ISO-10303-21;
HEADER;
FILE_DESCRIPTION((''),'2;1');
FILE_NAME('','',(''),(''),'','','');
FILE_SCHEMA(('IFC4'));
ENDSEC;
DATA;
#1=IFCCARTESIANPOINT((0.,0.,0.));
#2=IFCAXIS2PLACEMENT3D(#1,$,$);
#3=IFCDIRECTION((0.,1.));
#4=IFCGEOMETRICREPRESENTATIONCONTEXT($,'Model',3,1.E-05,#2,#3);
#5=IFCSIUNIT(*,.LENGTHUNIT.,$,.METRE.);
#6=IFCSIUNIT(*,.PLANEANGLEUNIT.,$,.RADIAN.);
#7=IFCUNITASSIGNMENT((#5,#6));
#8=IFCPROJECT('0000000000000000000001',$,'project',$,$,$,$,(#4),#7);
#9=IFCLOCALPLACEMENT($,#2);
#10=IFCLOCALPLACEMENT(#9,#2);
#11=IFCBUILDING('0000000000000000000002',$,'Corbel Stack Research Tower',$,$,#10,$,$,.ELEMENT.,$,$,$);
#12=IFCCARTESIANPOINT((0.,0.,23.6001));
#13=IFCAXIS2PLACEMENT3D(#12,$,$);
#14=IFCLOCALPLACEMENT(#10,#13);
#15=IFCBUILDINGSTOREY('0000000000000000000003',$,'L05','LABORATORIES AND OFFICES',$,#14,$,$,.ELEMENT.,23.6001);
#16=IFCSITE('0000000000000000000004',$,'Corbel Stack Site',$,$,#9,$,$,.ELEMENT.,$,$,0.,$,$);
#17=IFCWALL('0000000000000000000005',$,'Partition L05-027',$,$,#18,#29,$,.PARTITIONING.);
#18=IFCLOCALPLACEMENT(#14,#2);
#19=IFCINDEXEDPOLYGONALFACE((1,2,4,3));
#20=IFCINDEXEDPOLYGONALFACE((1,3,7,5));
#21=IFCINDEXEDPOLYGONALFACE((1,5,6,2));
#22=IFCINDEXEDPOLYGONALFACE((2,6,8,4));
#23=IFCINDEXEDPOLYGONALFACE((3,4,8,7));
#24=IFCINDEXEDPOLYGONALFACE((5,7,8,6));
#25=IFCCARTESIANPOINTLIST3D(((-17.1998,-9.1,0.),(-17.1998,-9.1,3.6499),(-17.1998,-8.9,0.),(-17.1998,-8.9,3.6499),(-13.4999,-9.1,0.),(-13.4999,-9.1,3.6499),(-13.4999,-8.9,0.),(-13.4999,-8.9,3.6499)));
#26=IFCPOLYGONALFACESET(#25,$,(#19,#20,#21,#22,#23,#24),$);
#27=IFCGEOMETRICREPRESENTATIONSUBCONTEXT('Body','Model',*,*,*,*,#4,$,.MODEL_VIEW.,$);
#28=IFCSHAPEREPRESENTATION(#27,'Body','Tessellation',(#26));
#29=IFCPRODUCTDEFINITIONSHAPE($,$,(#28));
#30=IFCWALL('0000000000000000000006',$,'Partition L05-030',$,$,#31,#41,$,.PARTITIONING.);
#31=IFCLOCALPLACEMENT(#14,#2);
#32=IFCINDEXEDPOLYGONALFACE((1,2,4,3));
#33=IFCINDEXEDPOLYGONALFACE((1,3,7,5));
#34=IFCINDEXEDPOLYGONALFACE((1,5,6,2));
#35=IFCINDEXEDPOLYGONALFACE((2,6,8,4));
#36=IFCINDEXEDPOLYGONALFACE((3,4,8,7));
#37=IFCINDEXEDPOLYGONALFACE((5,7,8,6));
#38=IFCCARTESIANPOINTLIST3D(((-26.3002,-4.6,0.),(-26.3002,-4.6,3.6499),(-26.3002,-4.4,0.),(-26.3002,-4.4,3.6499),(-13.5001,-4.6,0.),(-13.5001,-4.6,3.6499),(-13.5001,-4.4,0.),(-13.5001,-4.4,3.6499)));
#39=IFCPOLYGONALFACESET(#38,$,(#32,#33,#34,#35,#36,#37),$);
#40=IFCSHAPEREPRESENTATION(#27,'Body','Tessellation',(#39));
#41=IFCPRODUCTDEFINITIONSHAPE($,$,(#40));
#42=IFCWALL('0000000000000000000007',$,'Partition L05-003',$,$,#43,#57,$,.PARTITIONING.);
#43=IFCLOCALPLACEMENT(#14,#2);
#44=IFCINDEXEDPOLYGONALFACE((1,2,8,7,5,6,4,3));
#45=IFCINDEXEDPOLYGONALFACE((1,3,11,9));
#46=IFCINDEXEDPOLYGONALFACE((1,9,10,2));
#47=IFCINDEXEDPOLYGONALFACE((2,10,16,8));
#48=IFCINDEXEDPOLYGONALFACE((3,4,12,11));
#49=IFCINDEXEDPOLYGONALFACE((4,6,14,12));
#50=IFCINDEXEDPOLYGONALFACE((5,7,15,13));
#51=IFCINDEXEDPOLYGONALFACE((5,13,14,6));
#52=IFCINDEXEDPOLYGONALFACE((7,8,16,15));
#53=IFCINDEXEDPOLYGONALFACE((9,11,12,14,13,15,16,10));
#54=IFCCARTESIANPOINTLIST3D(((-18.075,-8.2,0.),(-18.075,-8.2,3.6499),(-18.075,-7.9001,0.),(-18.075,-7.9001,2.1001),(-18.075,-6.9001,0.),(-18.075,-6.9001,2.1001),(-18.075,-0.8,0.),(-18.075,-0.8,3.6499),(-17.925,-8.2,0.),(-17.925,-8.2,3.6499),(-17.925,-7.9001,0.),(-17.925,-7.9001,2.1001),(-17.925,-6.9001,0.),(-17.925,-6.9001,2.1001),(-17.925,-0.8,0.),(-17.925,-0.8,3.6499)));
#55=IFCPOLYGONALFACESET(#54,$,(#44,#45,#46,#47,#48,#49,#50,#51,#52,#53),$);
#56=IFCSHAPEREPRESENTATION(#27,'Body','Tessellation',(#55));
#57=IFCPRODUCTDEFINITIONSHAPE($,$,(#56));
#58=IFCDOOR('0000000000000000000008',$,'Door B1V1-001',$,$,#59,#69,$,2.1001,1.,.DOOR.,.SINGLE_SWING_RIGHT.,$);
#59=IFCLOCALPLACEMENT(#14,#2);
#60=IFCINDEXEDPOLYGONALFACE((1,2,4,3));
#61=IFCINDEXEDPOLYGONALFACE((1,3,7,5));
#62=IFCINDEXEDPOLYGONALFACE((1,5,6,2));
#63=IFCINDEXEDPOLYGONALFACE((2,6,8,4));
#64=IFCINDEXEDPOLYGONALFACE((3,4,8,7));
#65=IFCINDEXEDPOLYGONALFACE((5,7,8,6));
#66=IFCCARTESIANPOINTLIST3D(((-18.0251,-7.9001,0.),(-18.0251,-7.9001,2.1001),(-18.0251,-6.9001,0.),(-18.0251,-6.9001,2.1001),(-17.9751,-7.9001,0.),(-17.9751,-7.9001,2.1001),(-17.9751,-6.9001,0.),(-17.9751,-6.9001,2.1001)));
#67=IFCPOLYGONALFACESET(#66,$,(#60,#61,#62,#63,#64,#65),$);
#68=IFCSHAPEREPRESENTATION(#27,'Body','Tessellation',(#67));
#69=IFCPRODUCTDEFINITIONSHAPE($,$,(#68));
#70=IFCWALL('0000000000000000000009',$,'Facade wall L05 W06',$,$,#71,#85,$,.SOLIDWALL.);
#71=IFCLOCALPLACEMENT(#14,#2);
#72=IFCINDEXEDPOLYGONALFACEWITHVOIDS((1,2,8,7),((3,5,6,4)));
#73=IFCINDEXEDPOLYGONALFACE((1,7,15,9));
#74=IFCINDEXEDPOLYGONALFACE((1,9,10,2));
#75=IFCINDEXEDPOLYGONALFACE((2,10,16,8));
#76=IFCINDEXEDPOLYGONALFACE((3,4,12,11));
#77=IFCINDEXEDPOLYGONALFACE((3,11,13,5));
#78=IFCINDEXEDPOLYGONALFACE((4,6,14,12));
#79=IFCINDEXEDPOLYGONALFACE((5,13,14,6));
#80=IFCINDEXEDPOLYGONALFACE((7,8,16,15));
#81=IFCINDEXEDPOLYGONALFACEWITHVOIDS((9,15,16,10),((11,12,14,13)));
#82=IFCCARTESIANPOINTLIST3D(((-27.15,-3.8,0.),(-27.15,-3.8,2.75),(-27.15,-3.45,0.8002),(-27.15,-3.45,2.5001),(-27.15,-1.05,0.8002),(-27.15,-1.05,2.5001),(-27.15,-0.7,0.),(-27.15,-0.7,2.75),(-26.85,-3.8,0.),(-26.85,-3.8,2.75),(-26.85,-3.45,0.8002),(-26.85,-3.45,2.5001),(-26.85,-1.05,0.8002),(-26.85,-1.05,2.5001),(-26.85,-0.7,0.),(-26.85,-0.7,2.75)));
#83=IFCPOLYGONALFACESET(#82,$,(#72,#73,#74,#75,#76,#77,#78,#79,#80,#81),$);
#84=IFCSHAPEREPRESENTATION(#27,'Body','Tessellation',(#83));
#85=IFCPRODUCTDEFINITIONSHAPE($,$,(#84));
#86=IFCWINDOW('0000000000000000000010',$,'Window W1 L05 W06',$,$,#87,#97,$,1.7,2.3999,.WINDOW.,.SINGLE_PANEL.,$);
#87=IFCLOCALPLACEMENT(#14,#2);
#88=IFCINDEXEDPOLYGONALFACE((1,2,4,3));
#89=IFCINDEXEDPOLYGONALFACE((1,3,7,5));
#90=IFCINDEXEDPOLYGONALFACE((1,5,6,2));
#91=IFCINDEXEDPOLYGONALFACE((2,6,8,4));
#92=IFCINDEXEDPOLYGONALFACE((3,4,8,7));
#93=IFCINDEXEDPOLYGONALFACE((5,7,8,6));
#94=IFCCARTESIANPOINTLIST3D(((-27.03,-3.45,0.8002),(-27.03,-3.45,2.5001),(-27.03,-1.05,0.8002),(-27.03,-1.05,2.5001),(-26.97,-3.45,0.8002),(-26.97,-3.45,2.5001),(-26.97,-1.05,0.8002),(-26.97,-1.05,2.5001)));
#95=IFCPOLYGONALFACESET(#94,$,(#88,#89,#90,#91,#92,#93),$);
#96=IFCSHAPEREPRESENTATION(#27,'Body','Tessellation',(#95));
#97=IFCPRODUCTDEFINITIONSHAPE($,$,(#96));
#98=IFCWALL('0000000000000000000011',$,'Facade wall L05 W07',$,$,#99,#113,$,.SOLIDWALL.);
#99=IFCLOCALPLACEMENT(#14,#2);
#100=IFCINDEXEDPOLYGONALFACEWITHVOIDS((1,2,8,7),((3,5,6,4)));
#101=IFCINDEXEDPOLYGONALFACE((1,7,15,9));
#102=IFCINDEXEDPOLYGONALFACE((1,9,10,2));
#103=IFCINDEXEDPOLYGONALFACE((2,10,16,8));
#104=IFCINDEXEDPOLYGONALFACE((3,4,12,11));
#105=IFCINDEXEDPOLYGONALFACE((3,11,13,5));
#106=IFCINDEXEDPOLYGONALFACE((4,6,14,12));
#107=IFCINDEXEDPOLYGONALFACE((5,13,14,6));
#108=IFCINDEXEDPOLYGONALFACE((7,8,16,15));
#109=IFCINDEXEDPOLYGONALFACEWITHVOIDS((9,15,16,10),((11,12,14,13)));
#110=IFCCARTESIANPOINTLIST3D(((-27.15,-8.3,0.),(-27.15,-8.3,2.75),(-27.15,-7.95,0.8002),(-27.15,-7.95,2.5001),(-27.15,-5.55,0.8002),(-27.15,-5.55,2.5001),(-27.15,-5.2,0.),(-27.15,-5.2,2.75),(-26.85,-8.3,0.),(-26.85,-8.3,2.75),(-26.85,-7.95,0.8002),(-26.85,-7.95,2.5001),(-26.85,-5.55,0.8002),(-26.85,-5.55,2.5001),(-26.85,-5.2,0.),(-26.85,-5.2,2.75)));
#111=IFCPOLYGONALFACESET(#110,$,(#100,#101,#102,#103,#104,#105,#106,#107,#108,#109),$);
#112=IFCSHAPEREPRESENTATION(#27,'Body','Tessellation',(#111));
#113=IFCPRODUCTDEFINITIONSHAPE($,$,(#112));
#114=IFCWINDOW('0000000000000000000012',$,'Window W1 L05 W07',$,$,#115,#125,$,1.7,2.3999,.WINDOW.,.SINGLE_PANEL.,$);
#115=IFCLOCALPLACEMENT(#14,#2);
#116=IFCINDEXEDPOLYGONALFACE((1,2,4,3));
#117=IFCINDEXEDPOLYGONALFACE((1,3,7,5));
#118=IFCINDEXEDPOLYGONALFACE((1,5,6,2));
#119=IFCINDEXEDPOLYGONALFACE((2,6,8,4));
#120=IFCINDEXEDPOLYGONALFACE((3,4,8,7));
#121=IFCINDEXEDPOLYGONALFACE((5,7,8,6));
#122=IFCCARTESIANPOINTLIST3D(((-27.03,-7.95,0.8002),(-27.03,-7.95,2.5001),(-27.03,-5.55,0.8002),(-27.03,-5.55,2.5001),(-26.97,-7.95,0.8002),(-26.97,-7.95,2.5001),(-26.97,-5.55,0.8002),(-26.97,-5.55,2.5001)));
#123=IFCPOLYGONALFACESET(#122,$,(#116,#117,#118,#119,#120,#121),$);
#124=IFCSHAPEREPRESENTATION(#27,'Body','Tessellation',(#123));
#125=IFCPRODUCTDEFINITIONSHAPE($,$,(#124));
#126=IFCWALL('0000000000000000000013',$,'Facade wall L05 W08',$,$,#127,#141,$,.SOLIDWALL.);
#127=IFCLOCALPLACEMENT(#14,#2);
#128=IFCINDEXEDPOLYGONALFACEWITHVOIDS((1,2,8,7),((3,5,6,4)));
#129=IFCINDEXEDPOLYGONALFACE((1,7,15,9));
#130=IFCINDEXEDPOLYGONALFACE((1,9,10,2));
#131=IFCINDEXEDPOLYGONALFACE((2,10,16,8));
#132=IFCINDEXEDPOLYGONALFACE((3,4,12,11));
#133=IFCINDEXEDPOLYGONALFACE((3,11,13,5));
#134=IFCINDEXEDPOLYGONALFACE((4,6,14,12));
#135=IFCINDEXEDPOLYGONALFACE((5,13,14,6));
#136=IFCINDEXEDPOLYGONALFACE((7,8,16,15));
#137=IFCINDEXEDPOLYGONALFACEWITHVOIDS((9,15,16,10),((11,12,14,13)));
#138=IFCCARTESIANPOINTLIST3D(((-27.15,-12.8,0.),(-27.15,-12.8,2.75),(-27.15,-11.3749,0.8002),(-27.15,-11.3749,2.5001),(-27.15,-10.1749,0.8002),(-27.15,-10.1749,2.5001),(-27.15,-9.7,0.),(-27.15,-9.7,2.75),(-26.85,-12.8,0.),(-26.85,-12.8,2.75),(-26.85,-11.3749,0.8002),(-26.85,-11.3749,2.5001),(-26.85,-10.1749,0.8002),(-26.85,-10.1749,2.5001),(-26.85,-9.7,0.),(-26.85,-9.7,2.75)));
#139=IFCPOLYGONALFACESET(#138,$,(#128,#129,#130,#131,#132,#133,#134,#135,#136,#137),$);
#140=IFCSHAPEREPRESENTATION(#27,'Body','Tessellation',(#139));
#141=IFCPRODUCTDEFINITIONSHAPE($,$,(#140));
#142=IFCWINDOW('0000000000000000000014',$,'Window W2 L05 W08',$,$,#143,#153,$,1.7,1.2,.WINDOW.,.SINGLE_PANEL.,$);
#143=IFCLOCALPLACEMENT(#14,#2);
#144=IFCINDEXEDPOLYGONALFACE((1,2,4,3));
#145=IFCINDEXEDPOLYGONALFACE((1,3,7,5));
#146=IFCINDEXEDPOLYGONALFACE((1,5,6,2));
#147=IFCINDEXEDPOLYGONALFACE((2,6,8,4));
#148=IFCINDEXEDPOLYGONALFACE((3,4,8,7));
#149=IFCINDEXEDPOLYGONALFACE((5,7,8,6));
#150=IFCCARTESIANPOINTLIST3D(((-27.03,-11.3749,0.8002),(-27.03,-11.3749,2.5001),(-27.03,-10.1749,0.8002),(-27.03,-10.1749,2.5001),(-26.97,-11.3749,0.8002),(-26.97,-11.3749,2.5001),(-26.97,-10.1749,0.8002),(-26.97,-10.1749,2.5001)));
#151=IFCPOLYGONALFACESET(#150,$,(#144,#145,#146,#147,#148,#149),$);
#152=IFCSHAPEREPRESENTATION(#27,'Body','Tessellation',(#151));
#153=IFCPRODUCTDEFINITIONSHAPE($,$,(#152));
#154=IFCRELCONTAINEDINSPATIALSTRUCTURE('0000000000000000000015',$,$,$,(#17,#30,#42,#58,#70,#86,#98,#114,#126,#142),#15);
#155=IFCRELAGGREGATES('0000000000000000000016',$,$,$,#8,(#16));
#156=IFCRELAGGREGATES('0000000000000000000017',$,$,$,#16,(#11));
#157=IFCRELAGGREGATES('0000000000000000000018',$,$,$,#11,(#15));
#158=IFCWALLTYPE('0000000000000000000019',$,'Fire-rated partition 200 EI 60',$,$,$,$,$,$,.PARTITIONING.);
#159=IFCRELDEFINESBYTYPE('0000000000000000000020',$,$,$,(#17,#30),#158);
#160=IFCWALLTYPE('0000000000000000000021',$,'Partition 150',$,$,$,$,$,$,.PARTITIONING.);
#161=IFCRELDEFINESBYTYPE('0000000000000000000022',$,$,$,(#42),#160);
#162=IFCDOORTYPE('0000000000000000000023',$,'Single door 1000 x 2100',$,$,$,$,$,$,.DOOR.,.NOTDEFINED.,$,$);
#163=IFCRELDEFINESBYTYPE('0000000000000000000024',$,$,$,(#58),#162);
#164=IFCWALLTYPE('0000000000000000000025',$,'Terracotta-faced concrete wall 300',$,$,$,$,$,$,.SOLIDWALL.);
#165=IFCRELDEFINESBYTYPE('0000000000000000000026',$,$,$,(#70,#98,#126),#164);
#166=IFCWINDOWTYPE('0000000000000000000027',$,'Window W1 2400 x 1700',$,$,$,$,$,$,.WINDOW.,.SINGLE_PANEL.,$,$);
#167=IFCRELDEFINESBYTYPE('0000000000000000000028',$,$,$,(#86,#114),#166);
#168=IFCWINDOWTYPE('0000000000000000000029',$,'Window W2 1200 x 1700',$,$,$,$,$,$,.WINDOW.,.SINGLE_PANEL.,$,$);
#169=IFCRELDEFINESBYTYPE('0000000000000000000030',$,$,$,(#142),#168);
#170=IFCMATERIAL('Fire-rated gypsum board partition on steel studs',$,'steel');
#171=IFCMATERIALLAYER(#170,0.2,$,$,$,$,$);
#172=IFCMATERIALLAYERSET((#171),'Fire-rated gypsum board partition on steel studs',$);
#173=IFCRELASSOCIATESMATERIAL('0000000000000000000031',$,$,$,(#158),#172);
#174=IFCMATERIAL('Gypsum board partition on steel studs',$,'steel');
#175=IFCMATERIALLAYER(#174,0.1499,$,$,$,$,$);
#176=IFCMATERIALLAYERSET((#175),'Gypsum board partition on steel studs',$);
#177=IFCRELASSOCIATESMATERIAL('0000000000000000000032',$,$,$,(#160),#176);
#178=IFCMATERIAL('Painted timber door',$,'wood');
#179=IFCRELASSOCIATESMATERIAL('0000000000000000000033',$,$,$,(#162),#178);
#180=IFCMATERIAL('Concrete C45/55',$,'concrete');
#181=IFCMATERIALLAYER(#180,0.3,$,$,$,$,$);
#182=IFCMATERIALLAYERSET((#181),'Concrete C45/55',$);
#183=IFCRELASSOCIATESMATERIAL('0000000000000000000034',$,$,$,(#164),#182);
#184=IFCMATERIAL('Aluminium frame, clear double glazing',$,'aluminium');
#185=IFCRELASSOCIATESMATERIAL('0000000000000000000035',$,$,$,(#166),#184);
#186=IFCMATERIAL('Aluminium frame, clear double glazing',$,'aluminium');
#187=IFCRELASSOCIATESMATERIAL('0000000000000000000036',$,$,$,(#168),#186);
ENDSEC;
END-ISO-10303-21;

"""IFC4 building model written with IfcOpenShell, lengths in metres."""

from ifc_helpers import new_model, si_unit, direction, frame, frame_2d, origin, place, context, subcontext, project, spatial, rectangle, extrude, material, layer, layer_set, type_object, element, fill, save


model = new_model("IFC4")

# Units and contexts
model_context = context("Model", 3, precision=1e-05, world=origin(), true_north=direction((0.0, 1.0)))
body_context = subcontext(model_context, "Body", "Model", "MODEL_VIEW")
ifc_project = project(units=[si_unit("LENGTHUNIT", "METRE"), si_unit("PLANEANGLEUNIT", "RADIAN")], contexts=[model_context])

# Site, building, storey
site_placement = place(None, origin())
site = spatial("IfcSite", under=ifc_project, at=site_placement, Name="Corbel Stack Site", CompositionType="ELEMENT", RefElevation=0.0)
building_placement = place(site_placement, origin())
building = spatial("IfcBuilding", under=site, at=building_placement, Name="Corbel Stack Research Tower", CompositionType="ELEMENT")
storey_placement = place(building_placement, frame((0.0, 0.0, 23.6001)))
storey = spatial("IfcBuildingStorey", under=building, at=storey_placement, Name="L05", Description="LABORATORIES AND OFFICES", CompositionType="ELEMENT", Elevation=23.6001)

# Shared definitions
ifc_material_1 = material(Name="Fire-rated gypsum board partition on steel studs", Category="steel")
ifc_layer_1 = layer(ifc_material_1, 0.2)
ifc_layer_set_1 = layer_set([ifc_layer_1], Name="Fire-rated gypsum board partition on steel studs")
wall_type_1 = type_object("IfcWallType", Name="Fire-rated partition 200 EI 60", PredefinedType="PARTITIONING", material=ifc_layer_set_1)

# Walls
wall_1_placement = place(storey_placement, frame((-17.2, -9.0, 0.0), z_axis=(0.0, 0.0, 1.0), x_axis=(1.0, 0.0, 0.0)))
element("IfcWall", 1, at=wall_1_placement, inside=storey, type_object=wall_type_1, Name="Partition L05-027", PredefinedType="PARTITIONING", context=body_context, shape_type="SweptSolid", body=[
    extrude(rectangle(XDim=3.7, YDim=0.2, at=frame_2d((1.8501, 0.0))), origin(), (0.0, 0.0, 1.0), 3.6499),
])
wall_2_placement = place(storey_placement, frame((-26.3, -4.5, 0.0), z_axis=(0.0, 0.0, 1.0), x_axis=(1.0, 0.0, 0.0)))
element("IfcWall", 2, at=wall_2_placement, inside=storey, type_object=wall_type_1, Name="Partition L05-030", PredefinedType="PARTITIONING", context=body_context, shape_type="SweptSolid", body=[
    extrude(rectangle(XDim=12.8, YDim=0.2, at=frame_2d((6.3999, 0.0))), origin(), (0.0, 0.0, 1.0), 3.6499),
])

# Wall, opening, door
ifc_material_2 = material(Name="Gypsum board partition on steel studs", Category="steel")
ifc_layer_2 = layer(ifc_material_2, 0.1499)
ifc_layer_set_2 = layer_set([ifc_layer_2], Name="Gypsum board partition on steel studs")
wall_type_2 = type_object("IfcWallType", Name="Partition 150", PredefinedType="PARTITIONING", material=ifc_layer_set_2)
wall_3_placement = place(storey_placement, frame((-18.0, -0.8, 0.0), z_axis=(0.0, 0.0, 1.0), x_axis=(0.0, -1.0, 0.0)))
wall_3 = element("IfcWall", 3, at=wall_3_placement, inside=storey, type_object=wall_type_2, Name="Partition L05-003", PredefinedType="PARTITIONING", context=body_context, shape_type="SweptSolid", body=[
    extrude(rectangle(XDim=7.3999, YDim=0.1499, at=frame_2d((3.7, 0.0))), origin(), (0.0, 0.0, 1.0), 3.6499),
])
opening_1_placement = place(wall_3_placement, frame((6.1001, 0.0, 0.0)))
opening_1 = element("IfcOpeningElement", 4, at=opening_1_placement, cuts=wall_3, PredefinedType="OPENING", context=body_context, shape_type="SweptSolid", body=[
    extrude(rectangle(XDim=1.0, YDim=2.1001, at=frame_2d((0.5, 1.05))), frame((0.0, 0.085, 0.0), z_axis=(0.0, -1.0, 0.0), x_axis=(1.0, 0.0, 0.0)), (0.0, 0.0, 1.0), 0.1699),
])
ifc_material_3 = material(Name="Painted timber door", Category="wood")
door_type_1 = type_object("IfcDoorType", Name="Single door 1000 x 2100", OperationType="NOTDEFINED", PredefinedType="DOOR", material=ifc_material_3)
door_1_placement = place(opening_1_placement, origin())
door_1 = element("IfcDoor", 5, at=door_1_placement, inside=storey, type_object=door_type_1, Name="Door B1V1-001", OperationType="SINGLE_SWING_RIGHT", OverallHeight=2.1001, OverallWidth=1.0, PredefinedType="DOOR", context=body_context, shape_type="SweptSolid", body=[
    extrude(rectangle(XDim=1.0, YDim=2.1001, at=frame_2d((0.5, 1.05))), frame((0.0, 0.0249, 0.0), z_axis=(0.0, -1.0, 0.0), x_axis=(1.0, 0.0, 0.0)), (0.0, 0.0, 1.0), 0.05),
])
fill(opening_1, door_1)

# Walls, openings, windows
ifc_material_4 = material(Name="Concrete C45/55", Category="concrete")
ifc_layer_3 = layer(ifc_material_4, 0.3)
ifc_layer_set_3 = layer_set([ifc_layer_3], Name="Concrete C45/55")
wall_type_3 = type_object("IfcWallType", Name="Terracotta-faced concrete wall 300", PredefinedType="SOLIDWALL", material=ifc_layer_set_3)
wall_4_placement = place(storey_placement, frame((-27.0, -3.8, 0.0), z_axis=(0.0, 0.0, 1.0), x_axis=(0.0, 1.0, 0.0)))
wall_4 = element("IfcWall", 6, at=wall_4_placement, inside=storey, type_object=wall_type_3, Name="Facade wall L05 W06", PredefinedType="SOLIDWALL", context=body_context, shape_type="SweptSolid", body=[
    extrude(rectangle(XDim=3.1001, YDim=0.3, at=frame_2d((1.55, 0.0))), origin(), (0.0, 0.0, 1.0), 2.75),
])
opening_2_placement = place(wall_4_placement, frame((0.3501, 0.0, 0.8)))
opening_2 = element("IfcOpeningElement", 7, at=opening_2_placement, cuts=wall_4, PredefinedType="OPENING", context=body_context, shape_type="SweptSolid", body=[
    extrude(rectangle(XDim=2.3999, YDim=1.7, at=frame_2d((1.2, 0.8501))), frame((0.0, 0.1599, 0.0), z_axis=(0.0, -1.0, 0.0), x_axis=(1.0, 0.0, 0.0)), (0.0, 0.0, 1.0), 0.3201),
])
ifc_material_5 = material(Name="Aluminium frame, clear double glazing", Category="aluminium")
window_type_1 = type_object("IfcWindowType", Name="Window W1 2400 x 1700", PartitioningType="SINGLE_PANEL", PredefinedType="WINDOW", material=ifc_material_5)
window_1_placement = place(opening_2_placement, origin())
window_1 = element("IfcWindow", 8, at=window_1_placement, inside=storey, type_object=window_type_1, Name="Window W1 L05 W06", OverallHeight=1.7, OverallWidth=2.3999, PartitioningType="SINGLE_PANEL", PredefinedType="WINDOW", context=body_context, shape_type="SweptSolid", body=[
    extrude(rectangle(XDim=2.3999, YDim=1.7, at=frame_2d((1.2, 0.8501))), frame((0.0, 0.03, 0.0), z_axis=(0.0, -1.0, 0.0), x_axis=(1.0, 0.0, 0.0)), (0.0, 0.0, 1.0), 0.0601),
])
fill(opening_2, window_1)
wall_5_placement = place(storey_placement, frame((-27.0, -8.3, 0.0), z_axis=(0.0, 0.0, 1.0), x_axis=(0.0, 1.0, 0.0)))
wall_5 = element("IfcWall", 9, at=wall_5_placement, inside=storey, type_object=wall_type_3, Name="Facade wall L05 W07", PredefinedType="SOLIDWALL", context=body_context, shape_type="SweptSolid", body=[
    extrude(rectangle(XDim=3.1001, YDim=0.3, at=frame_2d((1.55, 0.0))), origin(), (0.0, 0.0, 1.0), 2.75),
])
opening_3_placement = place(wall_5_placement, frame((0.3501, 0.0, 0.8)))
opening_3 = element("IfcOpeningElement", 10, at=opening_3_placement, cuts=wall_5, PredefinedType="OPENING", context=body_context, shape_type="SweptSolid", body=[
    extrude(rectangle(XDim=2.3999, YDim=1.7, at=frame_2d((1.2, 0.8501))), frame((0.0, 0.1599, 0.0), z_axis=(0.0, -1.0, 0.0), x_axis=(1.0, 0.0, 0.0)), (0.0, 0.0, 1.0), 0.3201),
])
window_2_placement = place(opening_3_placement, origin())
window_2 = element("IfcWindow", 11, at=window_2_placement, inside=storey, type_object=window_type_1, Name="Window W1 L05 W07", OverallHeight=1.7, OverallWidth=2.3999, PartitioningType="SINGLE_PANEL", PredefinedType="WINDOW", context=body_context, shape_type="SweptSolid", body=[
    extrude(rectangle(XDim=2.3999, YDim=1.7, at=frame_2d((1.2, 0.8501))), frame((0.0, 0.03, 0.0), z_axis=(0.0, -1.0, 0.0), x_axis=(1.0, 0.0, 0.0)), (0.0, 0.0, 1.0), 0.0601),
])
fill(opening_3, window_2)
wall_6_placement = place(storey_placement, frame((-27.0, -12.8, 0.0), z_axis=(0.0, 0.0, 1.0), x_axis=(0.0, 1.0, 0.0)))
wall_6 = element("IfcWall", 12, at=wall_6_placement, inside=storey, type_object=wall_type_3, Name="Facade wall L05 W08", PredefinedType="SOLIDWALL", context=body_context, shape_type="SweptSolid", body=[
    extrude(rectangle(XDim=3.1001, YDim=0.3, at=frame_2d((1.55, 0.0))), origin(), (0.0, 0.0, 1.0), 2.75),
])
opening_4_placement = place(wall_6_placement, frame((1.425, 0.0, 0.8)))
opening_4 = element("IfcOpeningElement", 13, at=opening_4_placement, cuts=wall_6, PredefinedType="OPENING", context=body_context, shape_type="SweptSolid", body=[
    extrude(rectangle(XDim=1.2, YDim=1.7, at=frame_2d((0.6001, 0.8501))), frame((0.0, 0.1599, 0.0), z_axis=(0.0, -1.0, 0.0), x_axis=(1.0, 0.0, 0.0)), (0.0, 0.0, 1.0), 0.3201),
])
ifc_material_6 = material(Name="Aluminium frame, clear double glazing", Category="aluminium")
window_type_2 = type_object("IfcWindowType", Name="Window W2 1200 x 1700", PartitioningType="SINGLE_PANEL", PredefinedType="WINDOW", material=ifc_material_6)
window_3_placement = place(opening_4_placement, origin())
window_3 = element("IfcWindow", 14, at=window_3_placement, inside=storey, type_object=window_type_2, Name="Window W2 L05 W08", OverallHeight=1.7, OverallWidth=1.2, PartitioningType="SINGLE_PANEL", PredefinedType="WINDOW", context=body_context, shape_type="SweptSolid", body=[
    extrude(rectangle(XDim=1.2, YDim=1.7, at=frame_2d((0.6001, 0.8501))), frame((0.0, 0.03, 0.0), z_axis=(0.0, -1.0, 0.0), x_axis=(1.0, 0.0, 0.0)), (0.0, 0.0, 1.0), 0.0601),
])
fill(opening_4, window_3)

save(model, "model.ifc")
